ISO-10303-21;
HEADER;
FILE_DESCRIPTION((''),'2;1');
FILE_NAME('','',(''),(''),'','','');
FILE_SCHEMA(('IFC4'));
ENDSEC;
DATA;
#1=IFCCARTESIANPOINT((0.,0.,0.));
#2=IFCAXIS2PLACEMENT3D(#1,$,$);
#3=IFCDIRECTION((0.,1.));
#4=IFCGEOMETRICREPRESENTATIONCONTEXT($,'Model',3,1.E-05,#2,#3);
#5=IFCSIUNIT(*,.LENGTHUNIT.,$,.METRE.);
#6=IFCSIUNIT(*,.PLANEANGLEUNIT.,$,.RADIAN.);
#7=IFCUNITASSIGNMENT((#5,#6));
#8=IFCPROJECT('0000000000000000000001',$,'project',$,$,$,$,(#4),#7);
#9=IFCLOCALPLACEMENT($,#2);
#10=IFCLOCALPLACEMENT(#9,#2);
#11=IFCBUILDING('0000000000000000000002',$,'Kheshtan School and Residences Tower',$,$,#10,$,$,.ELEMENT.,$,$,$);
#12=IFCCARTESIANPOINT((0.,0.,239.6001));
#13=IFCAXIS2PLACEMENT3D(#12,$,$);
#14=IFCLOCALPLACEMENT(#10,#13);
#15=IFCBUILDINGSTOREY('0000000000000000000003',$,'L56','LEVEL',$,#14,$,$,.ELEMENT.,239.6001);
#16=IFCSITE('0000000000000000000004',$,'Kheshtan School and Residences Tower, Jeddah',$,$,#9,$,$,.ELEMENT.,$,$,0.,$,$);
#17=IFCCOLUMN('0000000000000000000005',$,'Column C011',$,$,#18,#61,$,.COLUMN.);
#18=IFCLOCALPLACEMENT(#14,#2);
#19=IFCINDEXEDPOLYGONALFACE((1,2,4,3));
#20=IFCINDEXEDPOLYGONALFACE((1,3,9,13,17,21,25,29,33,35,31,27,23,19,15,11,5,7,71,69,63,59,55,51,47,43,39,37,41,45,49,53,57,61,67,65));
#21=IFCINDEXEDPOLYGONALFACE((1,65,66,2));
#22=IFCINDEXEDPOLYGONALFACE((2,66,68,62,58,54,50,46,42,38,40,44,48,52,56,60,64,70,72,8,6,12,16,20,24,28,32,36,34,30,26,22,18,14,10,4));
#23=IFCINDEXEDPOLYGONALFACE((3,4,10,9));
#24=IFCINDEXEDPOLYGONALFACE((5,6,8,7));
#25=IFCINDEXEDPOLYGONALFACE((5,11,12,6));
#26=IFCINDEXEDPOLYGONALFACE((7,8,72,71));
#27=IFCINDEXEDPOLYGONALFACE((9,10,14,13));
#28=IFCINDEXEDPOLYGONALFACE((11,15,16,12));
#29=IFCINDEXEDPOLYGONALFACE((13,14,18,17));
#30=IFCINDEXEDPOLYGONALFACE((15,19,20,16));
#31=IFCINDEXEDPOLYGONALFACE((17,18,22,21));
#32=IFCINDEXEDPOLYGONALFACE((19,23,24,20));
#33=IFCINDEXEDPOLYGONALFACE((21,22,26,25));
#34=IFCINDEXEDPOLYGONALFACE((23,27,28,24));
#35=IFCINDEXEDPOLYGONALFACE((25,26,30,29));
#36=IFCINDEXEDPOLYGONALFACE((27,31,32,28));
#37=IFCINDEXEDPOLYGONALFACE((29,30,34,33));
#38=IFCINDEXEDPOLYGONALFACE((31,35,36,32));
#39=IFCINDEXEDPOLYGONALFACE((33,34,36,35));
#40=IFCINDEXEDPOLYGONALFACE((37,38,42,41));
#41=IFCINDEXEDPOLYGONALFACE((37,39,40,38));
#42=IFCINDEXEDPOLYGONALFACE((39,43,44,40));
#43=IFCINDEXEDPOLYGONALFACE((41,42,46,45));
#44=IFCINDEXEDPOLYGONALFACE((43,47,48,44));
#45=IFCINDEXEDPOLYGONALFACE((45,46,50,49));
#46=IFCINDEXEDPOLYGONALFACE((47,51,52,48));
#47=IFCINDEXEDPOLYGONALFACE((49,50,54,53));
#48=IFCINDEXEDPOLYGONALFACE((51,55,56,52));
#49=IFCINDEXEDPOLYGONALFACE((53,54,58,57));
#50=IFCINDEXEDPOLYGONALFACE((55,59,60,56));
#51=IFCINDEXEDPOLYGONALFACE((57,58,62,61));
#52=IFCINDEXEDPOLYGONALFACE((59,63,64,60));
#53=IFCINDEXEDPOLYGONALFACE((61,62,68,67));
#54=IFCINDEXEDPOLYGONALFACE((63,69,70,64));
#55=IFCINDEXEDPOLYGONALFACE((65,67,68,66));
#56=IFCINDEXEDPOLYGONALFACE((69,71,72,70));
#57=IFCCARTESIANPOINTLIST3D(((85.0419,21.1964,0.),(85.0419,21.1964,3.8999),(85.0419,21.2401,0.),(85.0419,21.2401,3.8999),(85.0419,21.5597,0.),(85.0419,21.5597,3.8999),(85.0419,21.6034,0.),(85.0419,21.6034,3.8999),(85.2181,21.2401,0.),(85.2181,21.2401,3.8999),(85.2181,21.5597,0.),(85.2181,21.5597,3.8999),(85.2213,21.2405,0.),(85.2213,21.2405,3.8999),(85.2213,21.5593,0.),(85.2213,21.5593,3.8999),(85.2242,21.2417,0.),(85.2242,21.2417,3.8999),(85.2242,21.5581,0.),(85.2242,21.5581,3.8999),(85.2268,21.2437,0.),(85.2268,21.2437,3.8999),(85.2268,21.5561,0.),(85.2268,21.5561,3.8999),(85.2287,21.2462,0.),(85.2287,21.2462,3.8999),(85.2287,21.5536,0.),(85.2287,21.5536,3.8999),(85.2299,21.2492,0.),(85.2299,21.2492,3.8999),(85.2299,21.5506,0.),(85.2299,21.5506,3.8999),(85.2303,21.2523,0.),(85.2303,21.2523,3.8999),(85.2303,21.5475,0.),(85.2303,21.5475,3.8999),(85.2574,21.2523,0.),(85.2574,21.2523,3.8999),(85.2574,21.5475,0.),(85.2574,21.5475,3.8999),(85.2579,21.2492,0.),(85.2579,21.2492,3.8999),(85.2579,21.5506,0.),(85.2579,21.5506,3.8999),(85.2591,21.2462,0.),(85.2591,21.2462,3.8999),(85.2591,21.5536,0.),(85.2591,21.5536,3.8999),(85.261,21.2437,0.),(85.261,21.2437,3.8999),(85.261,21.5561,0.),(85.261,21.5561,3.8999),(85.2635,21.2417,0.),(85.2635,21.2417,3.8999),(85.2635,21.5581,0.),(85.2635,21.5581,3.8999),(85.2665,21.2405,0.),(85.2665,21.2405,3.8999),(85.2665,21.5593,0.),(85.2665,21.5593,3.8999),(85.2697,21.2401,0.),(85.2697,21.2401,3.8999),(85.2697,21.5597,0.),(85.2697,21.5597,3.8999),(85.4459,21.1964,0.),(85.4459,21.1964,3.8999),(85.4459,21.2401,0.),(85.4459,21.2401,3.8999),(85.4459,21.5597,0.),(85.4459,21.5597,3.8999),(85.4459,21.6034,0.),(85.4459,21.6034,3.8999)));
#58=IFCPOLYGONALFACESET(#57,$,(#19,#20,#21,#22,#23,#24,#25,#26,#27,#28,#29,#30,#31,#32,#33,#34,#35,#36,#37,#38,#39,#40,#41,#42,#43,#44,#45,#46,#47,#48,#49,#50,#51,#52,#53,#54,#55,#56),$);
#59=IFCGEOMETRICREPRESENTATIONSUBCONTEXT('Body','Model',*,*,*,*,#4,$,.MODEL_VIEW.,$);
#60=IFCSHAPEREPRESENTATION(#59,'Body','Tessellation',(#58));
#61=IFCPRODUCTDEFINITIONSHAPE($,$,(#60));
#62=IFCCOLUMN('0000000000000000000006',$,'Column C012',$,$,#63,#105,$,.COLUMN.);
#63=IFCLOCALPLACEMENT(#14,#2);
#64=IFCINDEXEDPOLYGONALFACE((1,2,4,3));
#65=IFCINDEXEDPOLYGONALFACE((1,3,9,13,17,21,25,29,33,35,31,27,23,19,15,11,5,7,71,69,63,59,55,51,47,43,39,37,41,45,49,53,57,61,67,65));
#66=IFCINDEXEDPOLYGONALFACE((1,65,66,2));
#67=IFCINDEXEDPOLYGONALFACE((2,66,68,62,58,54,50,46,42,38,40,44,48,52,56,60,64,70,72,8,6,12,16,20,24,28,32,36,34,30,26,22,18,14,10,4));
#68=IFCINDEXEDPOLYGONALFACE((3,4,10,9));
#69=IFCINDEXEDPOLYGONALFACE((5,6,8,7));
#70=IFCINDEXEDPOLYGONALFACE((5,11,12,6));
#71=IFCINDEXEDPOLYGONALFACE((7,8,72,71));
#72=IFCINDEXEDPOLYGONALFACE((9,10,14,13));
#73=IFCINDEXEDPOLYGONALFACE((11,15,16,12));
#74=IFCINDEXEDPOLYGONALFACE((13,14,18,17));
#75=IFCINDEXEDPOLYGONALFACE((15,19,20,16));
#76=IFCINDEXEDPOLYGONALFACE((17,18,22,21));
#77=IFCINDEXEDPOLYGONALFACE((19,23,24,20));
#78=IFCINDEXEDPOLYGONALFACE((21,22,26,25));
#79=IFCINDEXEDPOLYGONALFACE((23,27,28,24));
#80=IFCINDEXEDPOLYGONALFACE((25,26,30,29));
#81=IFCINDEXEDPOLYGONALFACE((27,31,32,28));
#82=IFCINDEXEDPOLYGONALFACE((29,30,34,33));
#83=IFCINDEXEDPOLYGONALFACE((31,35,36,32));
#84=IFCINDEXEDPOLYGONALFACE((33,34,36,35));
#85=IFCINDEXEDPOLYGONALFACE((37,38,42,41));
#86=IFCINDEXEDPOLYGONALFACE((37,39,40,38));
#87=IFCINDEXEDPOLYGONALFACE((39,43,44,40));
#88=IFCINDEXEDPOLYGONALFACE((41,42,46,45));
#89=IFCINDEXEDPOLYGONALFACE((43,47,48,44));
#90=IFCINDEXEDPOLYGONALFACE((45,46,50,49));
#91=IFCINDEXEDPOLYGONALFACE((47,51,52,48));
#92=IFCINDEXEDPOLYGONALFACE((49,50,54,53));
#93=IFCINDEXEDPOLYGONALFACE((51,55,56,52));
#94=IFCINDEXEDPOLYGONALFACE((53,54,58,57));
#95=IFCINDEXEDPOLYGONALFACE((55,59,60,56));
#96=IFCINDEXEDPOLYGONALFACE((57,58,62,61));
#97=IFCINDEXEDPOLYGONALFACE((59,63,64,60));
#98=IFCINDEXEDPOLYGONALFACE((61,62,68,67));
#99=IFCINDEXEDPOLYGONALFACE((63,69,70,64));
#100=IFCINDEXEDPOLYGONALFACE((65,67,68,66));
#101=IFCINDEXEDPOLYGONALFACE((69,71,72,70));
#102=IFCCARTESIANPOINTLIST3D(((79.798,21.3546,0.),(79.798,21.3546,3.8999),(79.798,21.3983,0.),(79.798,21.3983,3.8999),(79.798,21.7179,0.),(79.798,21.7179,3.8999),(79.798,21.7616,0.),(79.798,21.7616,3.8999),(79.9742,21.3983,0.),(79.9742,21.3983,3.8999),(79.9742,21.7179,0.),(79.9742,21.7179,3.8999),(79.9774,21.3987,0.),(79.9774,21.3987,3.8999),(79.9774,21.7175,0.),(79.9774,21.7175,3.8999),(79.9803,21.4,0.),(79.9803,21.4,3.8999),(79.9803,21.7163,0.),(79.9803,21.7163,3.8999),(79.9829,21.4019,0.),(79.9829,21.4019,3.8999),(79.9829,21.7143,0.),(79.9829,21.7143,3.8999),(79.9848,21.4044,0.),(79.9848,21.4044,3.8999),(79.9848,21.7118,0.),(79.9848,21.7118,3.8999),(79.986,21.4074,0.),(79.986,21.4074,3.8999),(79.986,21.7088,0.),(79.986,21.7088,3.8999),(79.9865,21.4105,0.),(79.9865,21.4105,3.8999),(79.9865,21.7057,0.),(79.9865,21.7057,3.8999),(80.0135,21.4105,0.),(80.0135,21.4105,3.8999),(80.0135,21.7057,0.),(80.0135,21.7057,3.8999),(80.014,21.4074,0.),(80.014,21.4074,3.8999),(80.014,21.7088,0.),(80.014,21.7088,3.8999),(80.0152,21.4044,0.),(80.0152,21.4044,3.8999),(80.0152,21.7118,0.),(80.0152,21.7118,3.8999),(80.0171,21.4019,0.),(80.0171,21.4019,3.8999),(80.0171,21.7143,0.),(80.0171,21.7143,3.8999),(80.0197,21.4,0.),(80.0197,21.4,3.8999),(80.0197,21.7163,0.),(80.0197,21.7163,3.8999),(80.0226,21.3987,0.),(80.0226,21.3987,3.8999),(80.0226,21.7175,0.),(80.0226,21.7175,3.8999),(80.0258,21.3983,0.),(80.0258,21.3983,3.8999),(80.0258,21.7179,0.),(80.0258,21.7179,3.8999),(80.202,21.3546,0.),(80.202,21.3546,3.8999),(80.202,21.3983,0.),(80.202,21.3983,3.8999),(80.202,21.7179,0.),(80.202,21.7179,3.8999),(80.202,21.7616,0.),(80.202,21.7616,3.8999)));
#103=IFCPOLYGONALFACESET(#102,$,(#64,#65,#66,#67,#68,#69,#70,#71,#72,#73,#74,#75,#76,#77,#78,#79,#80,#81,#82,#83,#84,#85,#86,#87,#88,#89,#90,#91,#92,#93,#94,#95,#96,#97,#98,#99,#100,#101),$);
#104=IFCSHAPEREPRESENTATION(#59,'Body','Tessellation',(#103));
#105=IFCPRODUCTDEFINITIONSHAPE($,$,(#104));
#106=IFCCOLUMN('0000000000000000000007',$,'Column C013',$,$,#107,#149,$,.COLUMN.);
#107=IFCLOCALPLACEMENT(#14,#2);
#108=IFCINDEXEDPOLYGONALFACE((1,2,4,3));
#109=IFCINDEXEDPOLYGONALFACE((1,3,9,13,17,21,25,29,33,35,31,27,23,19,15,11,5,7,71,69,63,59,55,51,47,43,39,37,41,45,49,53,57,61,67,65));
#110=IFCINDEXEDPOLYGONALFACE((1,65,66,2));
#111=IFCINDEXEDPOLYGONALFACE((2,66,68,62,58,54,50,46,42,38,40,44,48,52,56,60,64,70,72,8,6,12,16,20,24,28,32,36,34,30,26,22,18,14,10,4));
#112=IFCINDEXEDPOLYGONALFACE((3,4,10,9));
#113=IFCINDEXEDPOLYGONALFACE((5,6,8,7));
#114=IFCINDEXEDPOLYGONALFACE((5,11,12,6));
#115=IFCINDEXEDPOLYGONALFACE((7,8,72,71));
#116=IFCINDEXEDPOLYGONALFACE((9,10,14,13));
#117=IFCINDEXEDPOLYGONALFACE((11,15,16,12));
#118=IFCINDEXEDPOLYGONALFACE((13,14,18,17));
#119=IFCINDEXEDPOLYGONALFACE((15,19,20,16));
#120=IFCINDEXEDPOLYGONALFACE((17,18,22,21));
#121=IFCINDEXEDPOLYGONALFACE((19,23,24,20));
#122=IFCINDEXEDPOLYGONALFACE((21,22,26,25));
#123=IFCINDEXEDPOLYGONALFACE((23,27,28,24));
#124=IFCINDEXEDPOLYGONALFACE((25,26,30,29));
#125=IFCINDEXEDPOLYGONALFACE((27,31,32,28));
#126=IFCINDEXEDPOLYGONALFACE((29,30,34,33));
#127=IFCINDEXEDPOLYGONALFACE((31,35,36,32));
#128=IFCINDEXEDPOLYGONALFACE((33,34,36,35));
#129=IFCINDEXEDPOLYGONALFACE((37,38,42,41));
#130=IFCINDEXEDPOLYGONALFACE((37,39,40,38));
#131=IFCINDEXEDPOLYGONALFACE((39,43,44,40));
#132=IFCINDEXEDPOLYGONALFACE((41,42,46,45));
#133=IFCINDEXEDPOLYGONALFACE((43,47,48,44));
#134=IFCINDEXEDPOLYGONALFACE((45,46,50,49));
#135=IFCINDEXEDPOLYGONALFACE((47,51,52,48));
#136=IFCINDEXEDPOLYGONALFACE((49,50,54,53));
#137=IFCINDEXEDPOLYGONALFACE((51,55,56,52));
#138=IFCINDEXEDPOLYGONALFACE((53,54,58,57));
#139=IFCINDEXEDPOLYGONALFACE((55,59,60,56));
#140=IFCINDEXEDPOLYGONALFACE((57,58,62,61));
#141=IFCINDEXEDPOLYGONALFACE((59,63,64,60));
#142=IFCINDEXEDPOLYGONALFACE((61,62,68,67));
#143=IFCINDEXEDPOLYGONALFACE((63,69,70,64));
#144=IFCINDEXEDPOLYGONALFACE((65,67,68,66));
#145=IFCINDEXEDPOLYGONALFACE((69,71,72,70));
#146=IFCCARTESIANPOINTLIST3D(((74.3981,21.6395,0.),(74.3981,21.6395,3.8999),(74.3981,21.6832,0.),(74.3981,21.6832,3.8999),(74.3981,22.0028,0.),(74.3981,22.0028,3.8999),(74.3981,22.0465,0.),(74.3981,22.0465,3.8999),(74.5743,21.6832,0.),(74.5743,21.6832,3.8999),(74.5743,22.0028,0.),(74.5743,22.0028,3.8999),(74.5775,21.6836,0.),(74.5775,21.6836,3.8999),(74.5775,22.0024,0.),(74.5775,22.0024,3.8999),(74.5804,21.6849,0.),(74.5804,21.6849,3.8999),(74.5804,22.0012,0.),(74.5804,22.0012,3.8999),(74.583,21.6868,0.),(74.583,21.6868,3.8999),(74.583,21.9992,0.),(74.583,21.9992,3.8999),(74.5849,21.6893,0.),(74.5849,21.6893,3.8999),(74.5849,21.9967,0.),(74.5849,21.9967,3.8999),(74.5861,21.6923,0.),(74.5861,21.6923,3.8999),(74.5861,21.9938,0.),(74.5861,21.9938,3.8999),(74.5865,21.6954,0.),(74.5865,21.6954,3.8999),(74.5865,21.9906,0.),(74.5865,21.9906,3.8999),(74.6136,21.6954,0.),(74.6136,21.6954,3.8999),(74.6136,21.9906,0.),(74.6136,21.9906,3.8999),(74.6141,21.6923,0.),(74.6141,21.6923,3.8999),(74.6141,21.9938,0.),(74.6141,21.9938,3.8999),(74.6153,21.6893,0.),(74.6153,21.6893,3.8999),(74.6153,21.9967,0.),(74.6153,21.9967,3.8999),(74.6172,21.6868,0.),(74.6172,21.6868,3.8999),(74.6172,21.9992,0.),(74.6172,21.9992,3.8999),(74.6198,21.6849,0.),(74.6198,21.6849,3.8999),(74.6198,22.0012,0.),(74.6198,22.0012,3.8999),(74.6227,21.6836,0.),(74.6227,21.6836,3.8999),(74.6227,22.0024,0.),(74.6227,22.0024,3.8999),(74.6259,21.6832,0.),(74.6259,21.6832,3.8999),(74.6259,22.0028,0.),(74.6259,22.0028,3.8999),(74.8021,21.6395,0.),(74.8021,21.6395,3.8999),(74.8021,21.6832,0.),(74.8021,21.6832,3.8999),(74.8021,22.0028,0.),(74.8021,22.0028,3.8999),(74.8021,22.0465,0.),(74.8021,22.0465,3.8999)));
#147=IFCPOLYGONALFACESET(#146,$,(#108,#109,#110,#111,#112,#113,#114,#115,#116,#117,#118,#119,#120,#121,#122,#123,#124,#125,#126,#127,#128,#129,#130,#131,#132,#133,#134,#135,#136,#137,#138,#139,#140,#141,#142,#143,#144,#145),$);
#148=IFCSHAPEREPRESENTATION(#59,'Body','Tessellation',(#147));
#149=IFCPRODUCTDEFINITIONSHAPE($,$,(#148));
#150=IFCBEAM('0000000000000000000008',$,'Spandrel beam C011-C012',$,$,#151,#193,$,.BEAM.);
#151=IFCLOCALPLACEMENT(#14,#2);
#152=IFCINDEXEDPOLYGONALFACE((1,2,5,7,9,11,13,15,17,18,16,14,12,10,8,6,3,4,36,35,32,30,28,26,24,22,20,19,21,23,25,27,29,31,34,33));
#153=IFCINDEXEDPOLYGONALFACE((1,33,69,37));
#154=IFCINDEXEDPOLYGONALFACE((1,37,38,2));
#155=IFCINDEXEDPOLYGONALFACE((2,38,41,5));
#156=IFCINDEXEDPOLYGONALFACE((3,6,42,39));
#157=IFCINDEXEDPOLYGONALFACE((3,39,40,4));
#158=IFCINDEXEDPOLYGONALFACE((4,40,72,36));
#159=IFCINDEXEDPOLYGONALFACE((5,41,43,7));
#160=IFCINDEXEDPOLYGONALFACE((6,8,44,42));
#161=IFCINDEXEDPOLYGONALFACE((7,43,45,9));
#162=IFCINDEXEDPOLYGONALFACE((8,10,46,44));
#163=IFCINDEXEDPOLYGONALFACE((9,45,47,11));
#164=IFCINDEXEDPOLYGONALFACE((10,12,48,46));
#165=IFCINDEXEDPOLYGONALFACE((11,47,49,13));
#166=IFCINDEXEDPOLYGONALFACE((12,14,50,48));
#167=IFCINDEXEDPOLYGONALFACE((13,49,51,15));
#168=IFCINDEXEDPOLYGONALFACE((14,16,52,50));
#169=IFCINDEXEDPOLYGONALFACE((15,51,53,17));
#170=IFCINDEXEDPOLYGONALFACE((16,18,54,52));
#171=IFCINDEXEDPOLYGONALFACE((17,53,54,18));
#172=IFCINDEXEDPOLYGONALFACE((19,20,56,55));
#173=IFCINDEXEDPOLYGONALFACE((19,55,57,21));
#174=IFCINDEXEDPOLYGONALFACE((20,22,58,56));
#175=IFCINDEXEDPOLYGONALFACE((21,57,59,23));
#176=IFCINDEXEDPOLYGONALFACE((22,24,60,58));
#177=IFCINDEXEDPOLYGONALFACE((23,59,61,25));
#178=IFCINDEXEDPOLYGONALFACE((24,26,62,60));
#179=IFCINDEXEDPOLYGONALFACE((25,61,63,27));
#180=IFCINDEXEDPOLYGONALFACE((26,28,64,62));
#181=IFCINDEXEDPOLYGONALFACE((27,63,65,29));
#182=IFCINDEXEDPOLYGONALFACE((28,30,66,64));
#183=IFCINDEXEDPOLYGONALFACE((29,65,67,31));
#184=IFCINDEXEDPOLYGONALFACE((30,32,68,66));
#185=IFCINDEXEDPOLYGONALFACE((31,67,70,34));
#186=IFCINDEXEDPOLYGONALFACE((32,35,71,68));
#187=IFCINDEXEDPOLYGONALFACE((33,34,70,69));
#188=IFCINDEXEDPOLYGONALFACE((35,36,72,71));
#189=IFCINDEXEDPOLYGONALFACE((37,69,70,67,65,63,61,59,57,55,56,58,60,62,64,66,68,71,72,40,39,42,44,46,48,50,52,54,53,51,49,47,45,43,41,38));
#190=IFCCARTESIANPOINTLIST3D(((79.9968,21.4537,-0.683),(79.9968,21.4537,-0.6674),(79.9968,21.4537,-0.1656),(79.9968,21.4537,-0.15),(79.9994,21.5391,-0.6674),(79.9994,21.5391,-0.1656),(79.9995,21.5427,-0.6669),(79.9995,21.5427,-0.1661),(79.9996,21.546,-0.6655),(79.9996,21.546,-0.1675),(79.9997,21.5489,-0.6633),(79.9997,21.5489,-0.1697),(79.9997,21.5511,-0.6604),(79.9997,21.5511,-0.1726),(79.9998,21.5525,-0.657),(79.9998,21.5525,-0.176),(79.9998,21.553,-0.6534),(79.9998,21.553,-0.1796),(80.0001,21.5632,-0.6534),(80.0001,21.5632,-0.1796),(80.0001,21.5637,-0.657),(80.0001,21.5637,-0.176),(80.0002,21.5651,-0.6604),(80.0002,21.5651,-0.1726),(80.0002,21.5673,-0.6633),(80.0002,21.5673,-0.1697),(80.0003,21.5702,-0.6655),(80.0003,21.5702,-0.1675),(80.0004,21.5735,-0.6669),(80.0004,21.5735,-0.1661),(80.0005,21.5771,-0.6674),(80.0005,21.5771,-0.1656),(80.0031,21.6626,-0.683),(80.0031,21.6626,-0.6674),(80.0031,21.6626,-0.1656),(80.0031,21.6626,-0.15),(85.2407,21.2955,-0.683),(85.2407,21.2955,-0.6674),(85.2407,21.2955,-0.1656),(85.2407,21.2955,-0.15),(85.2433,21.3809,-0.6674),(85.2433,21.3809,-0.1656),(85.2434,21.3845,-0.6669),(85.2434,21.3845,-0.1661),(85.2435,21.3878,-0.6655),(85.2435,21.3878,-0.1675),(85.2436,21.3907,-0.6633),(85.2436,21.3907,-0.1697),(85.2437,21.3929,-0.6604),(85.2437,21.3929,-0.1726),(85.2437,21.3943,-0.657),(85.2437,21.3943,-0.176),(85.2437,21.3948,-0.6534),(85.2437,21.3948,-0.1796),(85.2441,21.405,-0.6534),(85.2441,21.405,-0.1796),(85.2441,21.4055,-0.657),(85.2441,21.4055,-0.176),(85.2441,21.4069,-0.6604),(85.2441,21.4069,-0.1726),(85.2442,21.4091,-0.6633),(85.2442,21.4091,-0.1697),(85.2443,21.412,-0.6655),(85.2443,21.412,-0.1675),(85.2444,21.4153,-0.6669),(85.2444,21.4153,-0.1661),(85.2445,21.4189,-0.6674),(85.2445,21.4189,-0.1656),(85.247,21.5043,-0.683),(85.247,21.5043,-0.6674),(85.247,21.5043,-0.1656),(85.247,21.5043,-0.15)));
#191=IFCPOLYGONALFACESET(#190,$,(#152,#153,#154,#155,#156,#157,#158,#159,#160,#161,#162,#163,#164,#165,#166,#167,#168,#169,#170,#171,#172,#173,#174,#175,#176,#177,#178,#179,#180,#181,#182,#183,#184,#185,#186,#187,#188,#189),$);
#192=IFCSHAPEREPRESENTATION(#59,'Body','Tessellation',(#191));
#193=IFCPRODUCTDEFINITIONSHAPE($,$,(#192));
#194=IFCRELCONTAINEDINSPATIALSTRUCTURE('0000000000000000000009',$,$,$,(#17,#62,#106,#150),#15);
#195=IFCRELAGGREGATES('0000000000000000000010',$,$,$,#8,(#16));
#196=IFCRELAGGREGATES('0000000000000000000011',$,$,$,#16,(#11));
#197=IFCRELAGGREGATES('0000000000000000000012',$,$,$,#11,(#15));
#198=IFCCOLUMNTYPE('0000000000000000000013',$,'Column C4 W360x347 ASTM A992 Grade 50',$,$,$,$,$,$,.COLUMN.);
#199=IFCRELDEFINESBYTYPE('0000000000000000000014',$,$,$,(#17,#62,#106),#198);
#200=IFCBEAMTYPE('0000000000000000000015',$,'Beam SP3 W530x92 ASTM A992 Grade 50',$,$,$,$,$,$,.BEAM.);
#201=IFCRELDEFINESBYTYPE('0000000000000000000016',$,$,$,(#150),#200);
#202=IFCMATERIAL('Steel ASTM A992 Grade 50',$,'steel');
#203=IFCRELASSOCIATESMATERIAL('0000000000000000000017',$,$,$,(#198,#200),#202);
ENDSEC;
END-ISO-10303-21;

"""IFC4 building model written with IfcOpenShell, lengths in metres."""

from ifc_helpers import new_model, si_unit, direction, frame, origin, origin_2d, place, context, subcontext, project, spatial, i_section, extrude, material, material_profile, profile_set, type_object, element, save


model = new_model("IFC4")

# Units and contexts
model_context = context("Model", 3, precision=1e-05, world=origin(), true_north=direction((0.0, 1.0)))
body_context = subcontext(model_context, "Body", "Model", "MODEL_VIEW")
ifc_project = project(units=[si_unit("LENGTHUNIT", "METRE"), si_unit("PLANEANGLEUNIT", "RADIAN")], contexts=[model_context])

# Site, building, storey
site_placement = place(None, origin())
site = spatial("IfcSite", under=ifc_project, at=site_placement, Name="Kheshtan School and Residences Tower, Jeddah", CompositionType="ELEMENT", RefElevation=0.0)
building_placement = place(site_placement, origin())
building = spatial("IfcBuilding", under=site, at=building_placement, Name="Kheshtan School and Residences Tower", CompositionType="ELEMENT")
storey_placement = place(building_placement, frame((0.0, 0.0, 239.6001)))
storey = spatial("IfcBuildingStorey", under=building, at=storey_placement, Name="L56", Description="LEVEL", CompositionType="ELEMENT", Elevation=239.6001)

# Columns
ifc_material_1 = material(Name="Steel ASTM A992 Grade 50", Category="steel")
ifc_material_profile_1 = material_profile(ifc_material_1, i_section(OverallWidth=0.4041, OverallDepth=0.407, WebThickness=0.0271, FlangeThickness=0.0437, FilletRadius=0.0122, at=origin_2d()), Name="W360x347")
ifc_profile_set_1 = profile_set([ifc_material_profile_1], Name="Steel ASTM A992 Grade 50")
column_type = type_object("IfcColumnType", Name="Column C4 W360x347 ASTM A992 Grade 50", PredefinedType="COLUMN", material=ifc_profile_set_1)
for number, where, z_axis, x_axis, name in (
    (1, (85.2439, 21.3999, 0.0), (0.0, 0.0, 1.0), (1.0, 0.0, 0.0), "Column C011"),
    (2, (80.0, 21.5581, 0.0), (0.0, 0.0, 1.0), (1.0, 0.0, 0.0), "Column C012"),
    (3, (74.6001, 21.843, 0.0), (0.0, 0.0, 1.0), (1.0, 0.0, 0.0), "Column C013"),
):
    element("IfcColumn", number, at=place(storey_placement, frame(where, z_axis=z_axis, x_axis=x_axis)), inside=storey, type_object=column_type, Name=name, PredefinedType="COLUMN", context=body_context, shape_type="SweptSolid", body=[
        extrude(i_section(OverallWidth=0.4041, OverallDepth=0.407, WebThickness=0.0271, FlangeThickness=0.0437, FilletRadius=0.0122, at=origin_2d()), origin(), (0.0, 0.0, 1.0), 3.8999),
    ])

# Beam
ifc_material_profile_2 = material_profile(ifc_material_1, i_section(OverallWidth=0.209, OverallDepth=0.533, WebThickness=0.0103, FlangeThickness=0.0156, FilletRadius=0.0139, at=origin_2d()), Name="W530x92")
ifc_profile_set_2 = profile_set([ifc_material_profile_2], Name="Steel ASTM A992 Grade 50")
beam_type = type_object("IfcBeamType", Name="Beam SP3 W530x92 ASTM A992 Grade 50", PredefinedType="BEAM", material=ifc_profile_set_2)
beam_1_placement = place(storey_placement, frame((85.2439, 21.3999, -0.4165), z_axis=(-0.999545, 0.030155, 0.0), x_axis=(-0.030155, -0.999545, 0.0)))
element("IfcBeam", 4, at=beam_1_placement, inside=storey, type_object=beam_type, Name="Spandrel beam C011-C012", PredefinedType="BEAM", context=body_context, shape_type="SweptSolid", body=[
    extrude(i_section(OverallWidth=0.209, OverallDepth=0.533, WebThickness=0.0103, FlangeThickness=0.0156, FilletRadius=0.0139, at=origin_2d()), origin(), (0.0, 0.0, 1.0), 5.2463),
])

save(model, "model.ifc")
